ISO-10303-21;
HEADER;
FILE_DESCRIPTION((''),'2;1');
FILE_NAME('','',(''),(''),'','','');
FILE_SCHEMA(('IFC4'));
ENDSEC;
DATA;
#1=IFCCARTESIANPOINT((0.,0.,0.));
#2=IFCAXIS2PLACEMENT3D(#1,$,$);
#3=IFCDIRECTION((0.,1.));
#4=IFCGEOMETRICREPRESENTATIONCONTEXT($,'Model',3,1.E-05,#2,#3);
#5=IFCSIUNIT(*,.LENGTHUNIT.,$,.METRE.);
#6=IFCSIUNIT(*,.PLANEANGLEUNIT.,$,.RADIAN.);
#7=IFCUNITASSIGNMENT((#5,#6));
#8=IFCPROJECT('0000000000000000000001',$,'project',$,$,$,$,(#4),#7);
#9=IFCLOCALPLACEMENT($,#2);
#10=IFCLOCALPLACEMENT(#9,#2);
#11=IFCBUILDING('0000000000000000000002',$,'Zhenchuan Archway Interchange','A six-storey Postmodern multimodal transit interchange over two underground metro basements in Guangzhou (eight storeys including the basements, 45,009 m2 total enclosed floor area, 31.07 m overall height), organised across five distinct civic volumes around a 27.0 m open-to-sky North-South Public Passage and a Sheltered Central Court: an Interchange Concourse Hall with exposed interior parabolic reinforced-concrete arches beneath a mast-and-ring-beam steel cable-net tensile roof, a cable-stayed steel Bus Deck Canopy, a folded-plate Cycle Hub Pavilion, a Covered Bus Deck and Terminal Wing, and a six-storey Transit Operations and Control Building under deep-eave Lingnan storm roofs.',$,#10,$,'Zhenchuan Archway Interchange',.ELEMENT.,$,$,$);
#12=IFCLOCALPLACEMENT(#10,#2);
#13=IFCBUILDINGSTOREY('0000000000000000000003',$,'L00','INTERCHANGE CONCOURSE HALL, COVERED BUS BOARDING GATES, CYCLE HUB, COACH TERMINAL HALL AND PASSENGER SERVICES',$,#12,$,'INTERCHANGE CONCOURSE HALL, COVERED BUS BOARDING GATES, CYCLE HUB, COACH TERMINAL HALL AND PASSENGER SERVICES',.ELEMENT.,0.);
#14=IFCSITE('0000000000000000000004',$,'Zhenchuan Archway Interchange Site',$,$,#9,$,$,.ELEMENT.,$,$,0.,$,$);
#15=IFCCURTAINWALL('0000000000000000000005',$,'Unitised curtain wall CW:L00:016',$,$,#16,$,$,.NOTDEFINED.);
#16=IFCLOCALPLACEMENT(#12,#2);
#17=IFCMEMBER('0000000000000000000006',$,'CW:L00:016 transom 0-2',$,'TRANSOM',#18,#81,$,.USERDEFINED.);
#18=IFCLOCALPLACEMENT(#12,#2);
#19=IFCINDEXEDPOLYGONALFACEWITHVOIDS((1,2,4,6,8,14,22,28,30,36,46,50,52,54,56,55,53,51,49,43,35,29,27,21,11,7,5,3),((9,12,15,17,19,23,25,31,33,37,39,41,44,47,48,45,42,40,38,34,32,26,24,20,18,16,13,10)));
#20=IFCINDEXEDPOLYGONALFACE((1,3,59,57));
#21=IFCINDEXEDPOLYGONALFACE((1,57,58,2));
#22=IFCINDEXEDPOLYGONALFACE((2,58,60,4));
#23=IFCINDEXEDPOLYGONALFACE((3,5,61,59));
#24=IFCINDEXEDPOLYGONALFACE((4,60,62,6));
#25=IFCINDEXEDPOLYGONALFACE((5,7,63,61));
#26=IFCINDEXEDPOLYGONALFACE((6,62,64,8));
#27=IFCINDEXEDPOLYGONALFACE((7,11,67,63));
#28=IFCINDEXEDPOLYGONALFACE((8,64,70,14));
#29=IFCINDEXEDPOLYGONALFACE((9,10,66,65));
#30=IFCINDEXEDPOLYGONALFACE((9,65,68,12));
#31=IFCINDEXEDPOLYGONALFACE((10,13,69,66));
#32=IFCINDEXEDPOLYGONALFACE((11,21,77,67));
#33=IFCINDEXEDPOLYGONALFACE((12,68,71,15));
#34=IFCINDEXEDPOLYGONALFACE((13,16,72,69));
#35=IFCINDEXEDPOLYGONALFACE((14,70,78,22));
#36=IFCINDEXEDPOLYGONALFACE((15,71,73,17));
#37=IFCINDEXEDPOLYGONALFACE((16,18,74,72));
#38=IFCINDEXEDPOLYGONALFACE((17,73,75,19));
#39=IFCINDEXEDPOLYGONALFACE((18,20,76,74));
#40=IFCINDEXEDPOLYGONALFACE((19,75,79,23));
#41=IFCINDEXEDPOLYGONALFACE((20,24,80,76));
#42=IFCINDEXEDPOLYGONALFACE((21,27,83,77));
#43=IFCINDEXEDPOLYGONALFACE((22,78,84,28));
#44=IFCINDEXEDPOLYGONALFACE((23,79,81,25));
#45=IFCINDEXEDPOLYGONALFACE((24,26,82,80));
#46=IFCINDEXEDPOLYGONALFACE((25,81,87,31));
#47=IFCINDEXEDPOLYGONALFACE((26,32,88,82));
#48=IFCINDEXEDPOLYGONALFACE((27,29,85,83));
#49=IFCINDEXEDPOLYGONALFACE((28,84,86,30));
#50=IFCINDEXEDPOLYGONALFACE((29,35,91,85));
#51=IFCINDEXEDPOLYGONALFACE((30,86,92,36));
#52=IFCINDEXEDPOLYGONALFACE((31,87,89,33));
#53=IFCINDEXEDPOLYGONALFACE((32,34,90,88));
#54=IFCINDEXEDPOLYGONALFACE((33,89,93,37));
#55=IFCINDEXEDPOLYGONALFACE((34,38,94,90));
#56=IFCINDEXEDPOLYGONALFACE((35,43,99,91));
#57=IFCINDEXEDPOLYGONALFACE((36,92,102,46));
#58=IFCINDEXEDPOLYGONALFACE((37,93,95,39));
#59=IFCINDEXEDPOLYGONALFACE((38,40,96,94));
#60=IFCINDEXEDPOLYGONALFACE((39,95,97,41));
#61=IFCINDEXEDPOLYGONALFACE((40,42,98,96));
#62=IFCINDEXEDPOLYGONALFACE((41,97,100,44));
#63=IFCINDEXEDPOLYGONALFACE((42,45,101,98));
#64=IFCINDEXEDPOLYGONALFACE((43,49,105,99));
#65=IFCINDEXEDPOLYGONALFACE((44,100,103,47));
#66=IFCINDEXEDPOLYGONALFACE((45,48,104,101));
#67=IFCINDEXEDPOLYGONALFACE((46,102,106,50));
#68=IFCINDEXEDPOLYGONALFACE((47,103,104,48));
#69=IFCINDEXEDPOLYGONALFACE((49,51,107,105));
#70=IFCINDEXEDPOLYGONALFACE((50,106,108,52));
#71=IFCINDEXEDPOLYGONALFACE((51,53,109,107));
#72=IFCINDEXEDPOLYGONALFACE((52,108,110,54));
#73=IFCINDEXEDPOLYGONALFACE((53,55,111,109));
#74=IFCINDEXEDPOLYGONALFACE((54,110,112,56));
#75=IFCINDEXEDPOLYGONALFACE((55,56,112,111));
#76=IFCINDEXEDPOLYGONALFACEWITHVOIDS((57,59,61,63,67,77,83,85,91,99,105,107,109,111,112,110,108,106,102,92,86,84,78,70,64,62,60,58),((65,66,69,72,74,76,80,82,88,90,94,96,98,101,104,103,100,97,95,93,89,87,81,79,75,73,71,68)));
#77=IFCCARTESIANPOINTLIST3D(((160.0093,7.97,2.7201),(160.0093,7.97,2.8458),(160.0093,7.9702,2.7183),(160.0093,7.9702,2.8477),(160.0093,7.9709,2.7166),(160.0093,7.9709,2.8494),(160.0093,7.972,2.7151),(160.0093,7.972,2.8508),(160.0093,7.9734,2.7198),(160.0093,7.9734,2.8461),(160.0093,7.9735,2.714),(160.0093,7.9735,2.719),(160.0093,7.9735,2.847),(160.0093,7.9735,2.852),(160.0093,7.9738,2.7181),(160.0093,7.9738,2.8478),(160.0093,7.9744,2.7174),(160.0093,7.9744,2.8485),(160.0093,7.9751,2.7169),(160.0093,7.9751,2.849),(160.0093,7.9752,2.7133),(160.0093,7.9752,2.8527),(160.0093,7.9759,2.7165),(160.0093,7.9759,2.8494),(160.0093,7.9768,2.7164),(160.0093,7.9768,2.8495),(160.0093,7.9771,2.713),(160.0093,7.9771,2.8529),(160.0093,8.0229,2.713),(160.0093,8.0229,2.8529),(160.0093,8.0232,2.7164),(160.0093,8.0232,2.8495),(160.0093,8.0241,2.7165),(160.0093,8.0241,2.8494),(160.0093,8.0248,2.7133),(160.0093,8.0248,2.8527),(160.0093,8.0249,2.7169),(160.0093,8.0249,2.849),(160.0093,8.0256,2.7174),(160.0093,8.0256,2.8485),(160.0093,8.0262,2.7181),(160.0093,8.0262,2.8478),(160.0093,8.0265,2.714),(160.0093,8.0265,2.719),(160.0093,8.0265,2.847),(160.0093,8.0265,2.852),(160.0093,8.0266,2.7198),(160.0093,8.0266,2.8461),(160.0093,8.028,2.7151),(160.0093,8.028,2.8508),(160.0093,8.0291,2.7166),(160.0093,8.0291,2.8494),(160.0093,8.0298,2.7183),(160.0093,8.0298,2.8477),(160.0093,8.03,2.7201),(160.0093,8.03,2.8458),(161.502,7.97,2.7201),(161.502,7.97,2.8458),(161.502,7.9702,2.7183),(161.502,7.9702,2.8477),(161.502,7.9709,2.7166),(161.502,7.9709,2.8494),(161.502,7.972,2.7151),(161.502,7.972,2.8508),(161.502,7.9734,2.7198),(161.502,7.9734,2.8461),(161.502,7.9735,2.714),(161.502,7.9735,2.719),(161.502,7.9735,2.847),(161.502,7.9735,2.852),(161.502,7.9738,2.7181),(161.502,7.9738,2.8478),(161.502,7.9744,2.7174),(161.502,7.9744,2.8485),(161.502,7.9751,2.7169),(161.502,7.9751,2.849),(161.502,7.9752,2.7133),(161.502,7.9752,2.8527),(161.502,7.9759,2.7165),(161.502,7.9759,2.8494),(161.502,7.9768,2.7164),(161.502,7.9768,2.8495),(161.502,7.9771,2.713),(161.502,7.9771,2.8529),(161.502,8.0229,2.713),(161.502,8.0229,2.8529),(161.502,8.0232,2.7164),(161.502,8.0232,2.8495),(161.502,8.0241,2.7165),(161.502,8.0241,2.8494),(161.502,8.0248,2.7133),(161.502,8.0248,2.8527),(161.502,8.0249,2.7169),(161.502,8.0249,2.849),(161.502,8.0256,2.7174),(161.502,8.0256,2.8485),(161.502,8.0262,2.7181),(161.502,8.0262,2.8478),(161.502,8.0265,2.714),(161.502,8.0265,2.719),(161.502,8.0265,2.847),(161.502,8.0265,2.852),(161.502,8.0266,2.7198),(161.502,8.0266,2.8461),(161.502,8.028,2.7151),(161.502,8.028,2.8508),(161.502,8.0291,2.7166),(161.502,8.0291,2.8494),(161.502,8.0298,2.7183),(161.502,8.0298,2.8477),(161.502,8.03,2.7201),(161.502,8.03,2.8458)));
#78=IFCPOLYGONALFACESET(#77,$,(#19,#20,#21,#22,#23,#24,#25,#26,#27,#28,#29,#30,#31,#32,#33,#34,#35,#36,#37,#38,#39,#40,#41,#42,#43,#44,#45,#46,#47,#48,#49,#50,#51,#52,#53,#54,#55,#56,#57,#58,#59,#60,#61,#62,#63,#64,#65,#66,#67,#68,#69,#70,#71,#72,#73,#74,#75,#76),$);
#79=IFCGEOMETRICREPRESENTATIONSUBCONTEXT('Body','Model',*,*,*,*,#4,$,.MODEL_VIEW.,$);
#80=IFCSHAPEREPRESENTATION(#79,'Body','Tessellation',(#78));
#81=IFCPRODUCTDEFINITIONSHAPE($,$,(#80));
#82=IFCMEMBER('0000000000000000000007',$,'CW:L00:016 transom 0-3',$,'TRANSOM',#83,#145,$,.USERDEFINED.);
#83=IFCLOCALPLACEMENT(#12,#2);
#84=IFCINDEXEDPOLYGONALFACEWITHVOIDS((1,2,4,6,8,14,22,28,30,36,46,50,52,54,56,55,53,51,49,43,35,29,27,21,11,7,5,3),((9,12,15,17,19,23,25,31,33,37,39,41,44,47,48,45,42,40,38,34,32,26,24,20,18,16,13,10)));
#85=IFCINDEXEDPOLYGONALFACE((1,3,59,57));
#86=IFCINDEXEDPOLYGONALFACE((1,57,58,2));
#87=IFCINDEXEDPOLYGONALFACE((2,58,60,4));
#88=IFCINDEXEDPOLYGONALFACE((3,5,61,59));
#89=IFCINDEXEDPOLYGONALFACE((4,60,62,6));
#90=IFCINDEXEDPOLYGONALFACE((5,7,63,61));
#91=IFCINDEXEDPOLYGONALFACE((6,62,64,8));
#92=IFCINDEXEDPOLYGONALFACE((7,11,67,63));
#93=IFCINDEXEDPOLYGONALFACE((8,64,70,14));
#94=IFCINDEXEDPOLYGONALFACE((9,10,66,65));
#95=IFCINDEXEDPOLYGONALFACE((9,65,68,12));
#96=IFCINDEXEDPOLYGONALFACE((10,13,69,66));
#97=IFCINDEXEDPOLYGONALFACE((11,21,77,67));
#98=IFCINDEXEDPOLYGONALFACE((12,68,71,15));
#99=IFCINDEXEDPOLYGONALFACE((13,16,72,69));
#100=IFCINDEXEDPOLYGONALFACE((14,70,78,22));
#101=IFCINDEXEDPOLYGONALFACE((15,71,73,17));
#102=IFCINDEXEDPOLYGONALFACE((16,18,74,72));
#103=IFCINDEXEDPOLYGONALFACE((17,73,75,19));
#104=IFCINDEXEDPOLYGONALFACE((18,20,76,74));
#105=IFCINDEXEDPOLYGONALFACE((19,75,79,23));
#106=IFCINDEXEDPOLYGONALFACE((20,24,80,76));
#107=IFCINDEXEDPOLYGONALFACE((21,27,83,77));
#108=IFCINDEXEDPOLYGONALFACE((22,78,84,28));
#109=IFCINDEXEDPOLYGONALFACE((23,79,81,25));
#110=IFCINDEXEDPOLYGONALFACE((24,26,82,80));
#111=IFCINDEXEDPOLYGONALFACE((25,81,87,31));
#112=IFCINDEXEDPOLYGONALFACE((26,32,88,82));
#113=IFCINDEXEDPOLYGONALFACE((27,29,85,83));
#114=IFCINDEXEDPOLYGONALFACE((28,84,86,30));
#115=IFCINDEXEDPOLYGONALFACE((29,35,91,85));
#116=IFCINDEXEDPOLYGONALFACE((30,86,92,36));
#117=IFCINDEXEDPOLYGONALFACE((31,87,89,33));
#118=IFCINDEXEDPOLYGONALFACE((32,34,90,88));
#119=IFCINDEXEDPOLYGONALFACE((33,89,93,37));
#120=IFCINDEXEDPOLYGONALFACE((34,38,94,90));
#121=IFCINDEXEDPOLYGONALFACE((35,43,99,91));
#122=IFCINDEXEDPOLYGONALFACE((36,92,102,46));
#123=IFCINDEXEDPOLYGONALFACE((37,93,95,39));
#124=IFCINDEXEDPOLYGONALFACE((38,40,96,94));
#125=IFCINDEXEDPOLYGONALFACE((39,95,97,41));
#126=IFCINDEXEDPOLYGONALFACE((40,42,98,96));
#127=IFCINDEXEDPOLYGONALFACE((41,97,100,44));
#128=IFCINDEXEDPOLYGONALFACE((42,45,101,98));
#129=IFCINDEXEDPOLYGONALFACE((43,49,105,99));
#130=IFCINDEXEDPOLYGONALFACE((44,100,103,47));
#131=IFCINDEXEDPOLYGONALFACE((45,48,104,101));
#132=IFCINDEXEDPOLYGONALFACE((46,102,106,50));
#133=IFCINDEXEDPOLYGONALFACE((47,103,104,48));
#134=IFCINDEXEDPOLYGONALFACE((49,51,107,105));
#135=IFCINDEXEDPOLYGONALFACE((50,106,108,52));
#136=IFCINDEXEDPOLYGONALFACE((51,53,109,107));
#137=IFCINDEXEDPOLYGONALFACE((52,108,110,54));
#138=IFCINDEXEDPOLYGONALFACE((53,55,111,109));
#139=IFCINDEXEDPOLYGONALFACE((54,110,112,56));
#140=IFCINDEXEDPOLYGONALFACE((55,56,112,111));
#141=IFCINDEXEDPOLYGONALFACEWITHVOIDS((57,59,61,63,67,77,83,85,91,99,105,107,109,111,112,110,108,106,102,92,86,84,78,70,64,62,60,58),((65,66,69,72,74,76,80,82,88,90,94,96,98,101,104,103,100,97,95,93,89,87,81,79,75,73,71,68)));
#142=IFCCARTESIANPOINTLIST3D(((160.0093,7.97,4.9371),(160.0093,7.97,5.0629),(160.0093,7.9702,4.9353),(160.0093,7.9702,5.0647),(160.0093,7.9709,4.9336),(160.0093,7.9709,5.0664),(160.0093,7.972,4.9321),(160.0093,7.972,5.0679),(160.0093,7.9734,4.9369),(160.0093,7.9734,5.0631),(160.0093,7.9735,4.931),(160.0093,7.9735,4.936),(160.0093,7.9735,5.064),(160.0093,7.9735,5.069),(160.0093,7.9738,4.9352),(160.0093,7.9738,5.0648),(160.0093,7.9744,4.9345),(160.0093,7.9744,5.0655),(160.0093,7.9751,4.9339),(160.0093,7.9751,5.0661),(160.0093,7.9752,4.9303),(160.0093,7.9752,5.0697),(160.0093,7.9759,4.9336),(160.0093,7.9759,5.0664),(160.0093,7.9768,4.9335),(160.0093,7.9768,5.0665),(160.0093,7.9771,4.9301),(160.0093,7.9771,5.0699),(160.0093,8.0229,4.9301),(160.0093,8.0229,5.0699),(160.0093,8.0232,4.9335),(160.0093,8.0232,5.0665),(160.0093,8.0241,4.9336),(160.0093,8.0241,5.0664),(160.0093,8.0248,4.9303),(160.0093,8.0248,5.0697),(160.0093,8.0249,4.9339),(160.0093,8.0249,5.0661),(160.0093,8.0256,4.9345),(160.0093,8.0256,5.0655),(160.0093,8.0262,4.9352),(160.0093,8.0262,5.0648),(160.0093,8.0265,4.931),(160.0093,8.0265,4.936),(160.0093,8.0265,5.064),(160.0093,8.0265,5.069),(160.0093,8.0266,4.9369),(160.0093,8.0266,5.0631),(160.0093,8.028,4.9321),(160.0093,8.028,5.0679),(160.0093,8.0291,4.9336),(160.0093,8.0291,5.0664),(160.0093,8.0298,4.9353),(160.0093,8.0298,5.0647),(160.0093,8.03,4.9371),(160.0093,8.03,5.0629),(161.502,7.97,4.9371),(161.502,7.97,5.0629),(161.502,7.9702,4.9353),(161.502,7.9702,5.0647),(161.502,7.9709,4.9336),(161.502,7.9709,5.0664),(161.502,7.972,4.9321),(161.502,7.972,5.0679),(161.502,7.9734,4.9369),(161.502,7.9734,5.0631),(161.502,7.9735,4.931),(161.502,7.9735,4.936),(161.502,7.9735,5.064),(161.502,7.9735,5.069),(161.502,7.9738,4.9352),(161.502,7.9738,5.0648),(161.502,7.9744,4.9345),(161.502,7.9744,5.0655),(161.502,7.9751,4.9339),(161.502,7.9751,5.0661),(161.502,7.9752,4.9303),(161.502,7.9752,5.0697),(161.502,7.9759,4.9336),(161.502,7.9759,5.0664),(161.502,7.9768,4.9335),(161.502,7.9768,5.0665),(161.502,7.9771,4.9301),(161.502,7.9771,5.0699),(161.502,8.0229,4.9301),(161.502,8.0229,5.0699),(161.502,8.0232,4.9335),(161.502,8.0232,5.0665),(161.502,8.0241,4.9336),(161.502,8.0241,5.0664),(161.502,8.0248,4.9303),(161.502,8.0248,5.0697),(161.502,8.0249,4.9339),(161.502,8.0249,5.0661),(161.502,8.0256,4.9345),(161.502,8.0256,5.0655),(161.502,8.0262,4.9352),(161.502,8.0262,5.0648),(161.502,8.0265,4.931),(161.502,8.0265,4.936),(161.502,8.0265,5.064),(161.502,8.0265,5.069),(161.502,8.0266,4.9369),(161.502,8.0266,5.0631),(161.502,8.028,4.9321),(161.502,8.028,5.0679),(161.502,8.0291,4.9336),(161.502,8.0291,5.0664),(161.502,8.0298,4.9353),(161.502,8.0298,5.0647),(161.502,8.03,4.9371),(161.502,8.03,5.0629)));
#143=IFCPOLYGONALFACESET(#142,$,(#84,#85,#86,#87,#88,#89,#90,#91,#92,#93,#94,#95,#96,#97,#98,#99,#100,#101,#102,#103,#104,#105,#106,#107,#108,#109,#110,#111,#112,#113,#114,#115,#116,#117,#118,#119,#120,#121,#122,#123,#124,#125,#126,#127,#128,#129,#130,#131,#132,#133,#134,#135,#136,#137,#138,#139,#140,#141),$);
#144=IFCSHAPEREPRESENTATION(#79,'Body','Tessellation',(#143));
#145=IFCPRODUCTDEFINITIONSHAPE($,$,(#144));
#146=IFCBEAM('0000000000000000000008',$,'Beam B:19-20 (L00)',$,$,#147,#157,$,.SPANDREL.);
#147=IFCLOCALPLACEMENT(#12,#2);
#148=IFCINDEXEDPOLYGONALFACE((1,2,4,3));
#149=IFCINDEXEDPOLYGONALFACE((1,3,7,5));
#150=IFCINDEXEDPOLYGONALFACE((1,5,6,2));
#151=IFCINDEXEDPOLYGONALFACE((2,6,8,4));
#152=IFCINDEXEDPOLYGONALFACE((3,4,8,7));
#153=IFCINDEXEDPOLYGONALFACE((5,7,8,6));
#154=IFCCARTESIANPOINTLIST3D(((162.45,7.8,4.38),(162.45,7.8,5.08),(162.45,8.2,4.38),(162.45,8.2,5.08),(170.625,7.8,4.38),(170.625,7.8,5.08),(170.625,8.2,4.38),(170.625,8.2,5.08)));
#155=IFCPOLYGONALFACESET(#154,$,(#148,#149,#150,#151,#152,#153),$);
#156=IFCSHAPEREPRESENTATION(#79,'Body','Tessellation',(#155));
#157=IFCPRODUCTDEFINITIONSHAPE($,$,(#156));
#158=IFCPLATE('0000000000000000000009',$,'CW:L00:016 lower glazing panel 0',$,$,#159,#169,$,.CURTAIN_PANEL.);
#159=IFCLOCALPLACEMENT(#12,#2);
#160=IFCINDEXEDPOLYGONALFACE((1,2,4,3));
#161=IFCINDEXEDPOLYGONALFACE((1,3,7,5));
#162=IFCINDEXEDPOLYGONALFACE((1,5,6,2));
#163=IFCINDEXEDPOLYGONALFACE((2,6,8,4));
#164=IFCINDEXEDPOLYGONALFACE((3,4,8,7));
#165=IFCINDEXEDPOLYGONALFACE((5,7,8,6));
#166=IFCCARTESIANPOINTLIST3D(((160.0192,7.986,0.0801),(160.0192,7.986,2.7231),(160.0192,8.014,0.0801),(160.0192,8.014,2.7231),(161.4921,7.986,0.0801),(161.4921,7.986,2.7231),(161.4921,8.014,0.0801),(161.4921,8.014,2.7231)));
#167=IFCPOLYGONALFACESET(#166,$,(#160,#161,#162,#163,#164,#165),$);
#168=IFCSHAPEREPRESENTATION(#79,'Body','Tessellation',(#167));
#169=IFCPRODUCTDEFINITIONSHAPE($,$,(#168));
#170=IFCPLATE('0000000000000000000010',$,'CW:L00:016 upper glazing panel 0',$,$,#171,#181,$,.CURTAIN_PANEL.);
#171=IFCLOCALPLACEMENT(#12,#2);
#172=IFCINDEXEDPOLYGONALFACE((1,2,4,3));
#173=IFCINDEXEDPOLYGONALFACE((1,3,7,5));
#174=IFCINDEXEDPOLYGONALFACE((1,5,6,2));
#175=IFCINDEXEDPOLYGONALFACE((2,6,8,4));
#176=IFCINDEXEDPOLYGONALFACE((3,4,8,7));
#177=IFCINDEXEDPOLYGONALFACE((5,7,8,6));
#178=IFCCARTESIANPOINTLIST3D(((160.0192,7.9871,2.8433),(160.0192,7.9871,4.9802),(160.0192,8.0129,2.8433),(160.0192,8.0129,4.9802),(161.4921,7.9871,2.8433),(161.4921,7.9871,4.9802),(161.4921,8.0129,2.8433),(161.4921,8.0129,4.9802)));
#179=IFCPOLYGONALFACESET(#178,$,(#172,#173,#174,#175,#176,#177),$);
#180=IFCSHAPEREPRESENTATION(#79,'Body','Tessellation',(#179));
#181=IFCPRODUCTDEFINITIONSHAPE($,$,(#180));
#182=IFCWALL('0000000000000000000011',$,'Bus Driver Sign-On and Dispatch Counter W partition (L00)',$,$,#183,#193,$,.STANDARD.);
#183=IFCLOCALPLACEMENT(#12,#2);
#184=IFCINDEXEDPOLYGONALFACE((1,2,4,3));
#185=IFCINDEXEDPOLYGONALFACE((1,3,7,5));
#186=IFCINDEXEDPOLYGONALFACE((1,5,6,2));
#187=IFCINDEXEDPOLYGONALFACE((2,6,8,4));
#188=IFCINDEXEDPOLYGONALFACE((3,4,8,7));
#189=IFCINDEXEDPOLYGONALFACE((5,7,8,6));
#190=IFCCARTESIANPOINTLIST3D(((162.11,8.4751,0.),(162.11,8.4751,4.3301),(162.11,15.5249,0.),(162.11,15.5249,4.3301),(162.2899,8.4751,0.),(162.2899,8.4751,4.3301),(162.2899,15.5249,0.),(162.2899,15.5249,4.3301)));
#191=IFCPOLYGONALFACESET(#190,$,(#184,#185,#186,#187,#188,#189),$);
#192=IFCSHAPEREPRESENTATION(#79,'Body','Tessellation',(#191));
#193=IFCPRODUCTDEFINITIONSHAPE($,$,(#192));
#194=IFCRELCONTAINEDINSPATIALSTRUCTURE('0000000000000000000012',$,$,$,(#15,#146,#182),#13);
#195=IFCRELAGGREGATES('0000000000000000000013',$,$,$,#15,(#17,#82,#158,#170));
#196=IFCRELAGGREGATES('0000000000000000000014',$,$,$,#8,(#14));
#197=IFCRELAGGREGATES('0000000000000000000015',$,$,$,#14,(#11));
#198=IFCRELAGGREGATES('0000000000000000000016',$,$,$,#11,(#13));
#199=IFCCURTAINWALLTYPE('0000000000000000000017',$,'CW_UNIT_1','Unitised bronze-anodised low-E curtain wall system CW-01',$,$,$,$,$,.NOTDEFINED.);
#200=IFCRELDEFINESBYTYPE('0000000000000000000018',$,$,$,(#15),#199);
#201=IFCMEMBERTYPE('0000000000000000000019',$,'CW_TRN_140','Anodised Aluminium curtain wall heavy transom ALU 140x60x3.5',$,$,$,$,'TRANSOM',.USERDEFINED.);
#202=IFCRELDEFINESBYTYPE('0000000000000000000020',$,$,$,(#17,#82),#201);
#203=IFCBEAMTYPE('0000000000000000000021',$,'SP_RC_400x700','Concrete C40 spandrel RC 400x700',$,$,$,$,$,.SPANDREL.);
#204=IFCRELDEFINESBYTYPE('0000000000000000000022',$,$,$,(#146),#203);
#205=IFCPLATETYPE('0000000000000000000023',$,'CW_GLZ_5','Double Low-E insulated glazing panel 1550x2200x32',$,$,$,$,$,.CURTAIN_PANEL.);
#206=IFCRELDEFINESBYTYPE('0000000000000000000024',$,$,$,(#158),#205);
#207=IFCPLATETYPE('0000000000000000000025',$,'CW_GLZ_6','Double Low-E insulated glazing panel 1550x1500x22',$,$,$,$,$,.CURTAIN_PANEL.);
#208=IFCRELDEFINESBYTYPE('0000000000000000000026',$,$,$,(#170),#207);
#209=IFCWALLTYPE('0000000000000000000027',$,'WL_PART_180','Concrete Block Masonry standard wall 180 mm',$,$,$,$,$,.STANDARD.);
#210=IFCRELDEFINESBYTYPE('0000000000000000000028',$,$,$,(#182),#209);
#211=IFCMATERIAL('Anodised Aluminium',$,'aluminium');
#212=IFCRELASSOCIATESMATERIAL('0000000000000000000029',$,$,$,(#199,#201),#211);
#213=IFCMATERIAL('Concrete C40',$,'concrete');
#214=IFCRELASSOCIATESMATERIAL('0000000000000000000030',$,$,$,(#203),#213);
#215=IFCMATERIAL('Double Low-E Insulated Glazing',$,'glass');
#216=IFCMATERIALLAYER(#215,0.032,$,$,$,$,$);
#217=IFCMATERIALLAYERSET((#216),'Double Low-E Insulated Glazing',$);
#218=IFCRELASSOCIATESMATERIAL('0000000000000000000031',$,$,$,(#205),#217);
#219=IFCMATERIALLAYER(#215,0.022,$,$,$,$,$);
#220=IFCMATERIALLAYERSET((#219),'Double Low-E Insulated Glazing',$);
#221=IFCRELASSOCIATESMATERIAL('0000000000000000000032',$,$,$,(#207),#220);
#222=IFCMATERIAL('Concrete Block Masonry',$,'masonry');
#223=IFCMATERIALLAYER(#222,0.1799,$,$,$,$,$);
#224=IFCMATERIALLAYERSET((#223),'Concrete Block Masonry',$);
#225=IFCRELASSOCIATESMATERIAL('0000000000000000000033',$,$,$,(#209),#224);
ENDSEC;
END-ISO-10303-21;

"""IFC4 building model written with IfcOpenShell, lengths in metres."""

from ifc_helpers import new_model, si_unit, direction, frame, frame_2d, origin, origin_2d, place, context, subcontext, project, spatial, rectangle, hollow_rectangle, extrude, material, layer, layer_set, material_profile, profile_set, type_object, element, aggregate, save


model = new_model("IFC4")

# Units and contexts
model_context = context("Model", 3, precision=1e-05, world=origin(), true_north=direction((0.0, 1.0)))
body_context = subcontext(model_context, "Body", "Model", "MODEL_VIEW")
ifc_project = project(units=[si_unit("LENGTHUNIT", "METRE"), si_unit("PLANEANGLEUNIT", "RADIAN")], contexts=[model_context])

# Site, building, storey
site_placement = place(None, origin())
site = spatial("IfcSite", under=ifc_project, at=site_placement, Name="Zhenchuan Archway Interchange Site", CompositionType="ELEMENT", RefElevation=0.0)
building_placement = place(site_placement, origin())
building = spatial("IfcBuilding", under=site, at=building_placement, Name="Zhenchuan Archway Interchange", Description="A six-storey Postmodern multimodal transit interchange over two underground metro basements in Guangzhou (eight storeys including the basements, 45,009 m2 total enclosed floor area, 31.07 m overall height), organised across five distinct civic volumes around a 27.0 m open-to-sky North-South Public Passage and a Sheltered Central Court: an Interchange Concourse Hall with exposed interior parabolic reinforced-concrete arches beneath a mast-and-ring-beam steel cable-net tensile roof, a cable-stayed steel Bus Deck Canopy, a folded-plate Cycle Hub Pavilion, a Covered Bus Deck and Terminal Wing, and a six-storey Transit Operations and Control Building under deep-eave Lingnan storm roofs.", LongName="Zhenchuan Archway Interchange", CompositionType="ELEMENT")
storey_placement = place(building_placement, origin())
storey = spatial("IfcBuildingStorey", under=building, at=storey_placement, Name="L00", Description="INTERCHANGE CONCOURSE HALL, COVERED BUS BOARDING GATES, CYCLE HUB, COACH TERMINAL HALL AND PASSENGER SERVICES", LongName="INTERCHANGE CONCOURSE HALL, COVERED BUS BOARDING GATES, CYCLE HUB, COACH TERMINAL HALL AND PASSENGER SERVICES", CompositionType="ELEMENT", Elevation=0.0)

# Shared definitions
ifc_material_1 = material(Name="Concrete C40", Category="concrete")

# Curtain wall, members
ifc_material_2 = material(Name="Anodised Aluminium", Category="aluminium")
curtain_wall_type = type_object("IfcCurtainWallType", Name="CW_UNIT_1", Description="Unitised bronze-anodised low-E curtain wall system CW-01", PredefinedType="NOTDEFINED", material=ifc_material_2)
curtain_wall_placement = place(storey_placement, origin())
curtain_wall = element("IfcCurtainWall", 1, at=curtain_wall_placement, inside=storey, type_object=curtain_wall_type, Name="Unitised curtain wall CW:L00:016", PredefinedType="NOTDEFINED")
ifc_material_profile_1 = material_profile(ifc_material_2, hollow_rectangle(XDim=0.0601, YDim=0.1399, WallThickness=0.0034, InnerFilletRadius=0.0034, OuterFilletRadius=0.0071, at=origin_2d()), Name="ALU 140x60x3.5")
ifc_profile_set_1 = profile_set([ifc_material_profile_1], Name="Anodised Aluminium")
member_type_1 = type_object("IfcMemberType", Name="CW_TRN_140", Description="Anodised Aluminium curtain wall heavy transom ALU 140x60x3.5", ElementType="TRANSOM", PredefinedType="USERDEFINED", material=ifc_profile_set_1)
member_1_placement = place(storey_placement, frame((161.502, 8.0, 2.783), z_axis=(-1.0, 0.0, 0.0), x_axis=(0.0, -1.0, 0.0)))
member_1 = element("IfcMember", 2, at=member_1_placement, type_object=member_type_1, Name="CW:L00:016 transom 0-2", ObjectType="TRANSOM", PredefinedType="USERDEFINED", context=body_context, shape_type="SweptSolid", body=[
    extrude(hollow_rectangle(XDim=0.0601, YDim=0.1399, WallThickness=0.0034, InnerFilletRadius=0.0034, OuterFilletRadius=0.0071, at=origin_2d()), origin(), (0.0, 0.0, 1.0), 1.4927),
])
member_2_placement = place(storey_placement, frame((161.502, 8.0, 5.0), z_axis=(-1.0, 0.0, 0.0), x_axis=(0.0, -1.0, 0.0)))
member_2 = element("IfcMember", 3, at=member_2_placement, type_object=member_type_1, Name="CW:L00:016 transom 0-3", ObjectType="TRANSOM", PredefinedType="USERDEFINED", context=body_context, shape_type="SweptSolid", body=[
    extrude(hollow_rectangle(XDim=0.0601, YDim=0.1399, WallThickness=0.0034, InnerFilletRadius=0.0034, OuterFilletRadius=0.0071, at=origin_2d()), origin(), (0.0, 0.0, 1.0), 1.4927),
])

# Beam
ifc_material_profile_2 = material_profile(ifc_material_1, rectangle(XDim=0.3999, YDim=0.7, at=origin_2d()), Name="RC 400x700")
ifc_profile_set_2 = profile_set([ifc_material_profile_2], Name="Concrete C40")
beam_type_1 = type_object("IfcBeamType", Name="SP_RC_400x700", Description="Concrete C40 spandrel RC 400x700", PredefinedType="SPANDREL", material=ifc_profile_set_2)
beam_1_placement = place(storey_placement, frame((162.45, 8.0, 4.73), z_axis=(1.0, 0.0, 0.0), x_axis=(0.0, 1.0, 0.0)))
element("IfcBeam", 4, at=beam_1_placement, inside=storey, type_object=beam_type_1, Name="Beam B:19-20 (L00)", PredefinedType="SPANDREL", context=body_context, shape_type="SweptSolid", body=[
    extrude(rectangle(XDim=0.3999, YDim=0.7, at=origin_2d()), origin(), (0.0, 0.0, 1.0), 8.175),
])

# Plates
ifc_material_3 = material(Name="Double Low-E Insulated Glazing", Category="glass")
ifc_layer_1 = layer(ifc_material_3, 0.032)
ifc_layer_set_1 = layer_set([ifc_layer_1], Name="Double Low-E Insulated Glazing")
plate_type_1 = type_object("IfcPlateType", Name="CW_GLZ_5", Description="Double Low-E insulated glazing panel 1550x2200x32", PredefinedType="CURTAIN_PANEL", material=ifc_layer_set_1)
plate_1_placement = place(storey_placement, frame((160.7556, 8.0, 0.0801), z_axis=(0.0, 0.0, 1.0), x_axis=(-1.0, 0.0, 0.0)))
plate_1 = element("IfcPlate", 5, at=plate_1_placement, type_object=plate_type_1, Name="CW:L00:016 lower glazing panel 0", PredefinedType="CURTAIN_PANEL", context=body_context, shape_type="SweptSolid", body=[
    extrude(rectangle(XDim=1.4729, YDim=0.0281, at=origin_2d()), origin(), (0.0, 0.0, 1.0), 2.6431),
])
ifc_layer_2 = layer(ifc_material_3, 0.022)
ifc_layer_set_2 = layer_set([ifc_layer_2], Name="Double Low-E Insulated Glazing")
plate_type_2 = type_object("IfcPlateType", Name="CW_GLZ_6", Description="Double Low-E insulated glazing panel 1550x1500x22", PredefinedType="CURTAIN_PANEL", material=ifc_layer_set_2)
plate_2_placement = place(storey_placement, frame((160.7556, 8.0, 2.8433), z_axis=(0.0, 0.0, 1.0), x_axis=(-1.0, 0.0, 0.0)))
plate_2 = element("IfcPlate", 6, at=plate_2_placement, type_object=plate_type_2, Name="CW:L00:016 upper glazing panel 0", PredefinedType="CURTAIN_PANEL", context=body_context, shape_type="SweptSolid", body=[
    extrude(rectangle(XDim=1.4729, YDim=0.0259, at=origin_2d()), origin(), (0.0, 0.0, 1.0), 2.137),
])
aggregate(curtain_wall, [member_1, member_2, plate_1, plate_2])

# Wall
ifc_material_4 = material(Name="Concrete Block Masonry", Category="masonry")
ifc_layer_3 = layer(ifc_material_4, 0.1799)
ifc_layer_set_3 = layer_set([ifc_layer_3], Name="Concrete Block Masonry")
wall_type = type_object("IfcWallType", Name="WL_PART_180", Description="Concrete Block Masonry standard wall 180 mm", PredefinedType="STANDARD", material=ifc_layer_set_3)
wall_placement = place(storey_placement, frame((162.2, 8.4751, 0.0), z_axis=(0.0, 0.0, 1.0), x_axis=(0.0, 1.0, 0.0)))
element("IfcWall", 7, at=wall_placement, inside=storey, type_object=wall_type, Name="Bus Driver Sign-On and Dispatch Counter W partition (L00)", PredefinedType="STANDARD", context=body_context, shape_type="SweptSolid", body=[
    extrude(rectangle(XDim=7.0498, YDim=0.1799, at=frame_2d((3.5249, 0.0))), origin(), (0.0, 0.0, 1.0), 4.3301),
])

save(model, "model.ifc")
